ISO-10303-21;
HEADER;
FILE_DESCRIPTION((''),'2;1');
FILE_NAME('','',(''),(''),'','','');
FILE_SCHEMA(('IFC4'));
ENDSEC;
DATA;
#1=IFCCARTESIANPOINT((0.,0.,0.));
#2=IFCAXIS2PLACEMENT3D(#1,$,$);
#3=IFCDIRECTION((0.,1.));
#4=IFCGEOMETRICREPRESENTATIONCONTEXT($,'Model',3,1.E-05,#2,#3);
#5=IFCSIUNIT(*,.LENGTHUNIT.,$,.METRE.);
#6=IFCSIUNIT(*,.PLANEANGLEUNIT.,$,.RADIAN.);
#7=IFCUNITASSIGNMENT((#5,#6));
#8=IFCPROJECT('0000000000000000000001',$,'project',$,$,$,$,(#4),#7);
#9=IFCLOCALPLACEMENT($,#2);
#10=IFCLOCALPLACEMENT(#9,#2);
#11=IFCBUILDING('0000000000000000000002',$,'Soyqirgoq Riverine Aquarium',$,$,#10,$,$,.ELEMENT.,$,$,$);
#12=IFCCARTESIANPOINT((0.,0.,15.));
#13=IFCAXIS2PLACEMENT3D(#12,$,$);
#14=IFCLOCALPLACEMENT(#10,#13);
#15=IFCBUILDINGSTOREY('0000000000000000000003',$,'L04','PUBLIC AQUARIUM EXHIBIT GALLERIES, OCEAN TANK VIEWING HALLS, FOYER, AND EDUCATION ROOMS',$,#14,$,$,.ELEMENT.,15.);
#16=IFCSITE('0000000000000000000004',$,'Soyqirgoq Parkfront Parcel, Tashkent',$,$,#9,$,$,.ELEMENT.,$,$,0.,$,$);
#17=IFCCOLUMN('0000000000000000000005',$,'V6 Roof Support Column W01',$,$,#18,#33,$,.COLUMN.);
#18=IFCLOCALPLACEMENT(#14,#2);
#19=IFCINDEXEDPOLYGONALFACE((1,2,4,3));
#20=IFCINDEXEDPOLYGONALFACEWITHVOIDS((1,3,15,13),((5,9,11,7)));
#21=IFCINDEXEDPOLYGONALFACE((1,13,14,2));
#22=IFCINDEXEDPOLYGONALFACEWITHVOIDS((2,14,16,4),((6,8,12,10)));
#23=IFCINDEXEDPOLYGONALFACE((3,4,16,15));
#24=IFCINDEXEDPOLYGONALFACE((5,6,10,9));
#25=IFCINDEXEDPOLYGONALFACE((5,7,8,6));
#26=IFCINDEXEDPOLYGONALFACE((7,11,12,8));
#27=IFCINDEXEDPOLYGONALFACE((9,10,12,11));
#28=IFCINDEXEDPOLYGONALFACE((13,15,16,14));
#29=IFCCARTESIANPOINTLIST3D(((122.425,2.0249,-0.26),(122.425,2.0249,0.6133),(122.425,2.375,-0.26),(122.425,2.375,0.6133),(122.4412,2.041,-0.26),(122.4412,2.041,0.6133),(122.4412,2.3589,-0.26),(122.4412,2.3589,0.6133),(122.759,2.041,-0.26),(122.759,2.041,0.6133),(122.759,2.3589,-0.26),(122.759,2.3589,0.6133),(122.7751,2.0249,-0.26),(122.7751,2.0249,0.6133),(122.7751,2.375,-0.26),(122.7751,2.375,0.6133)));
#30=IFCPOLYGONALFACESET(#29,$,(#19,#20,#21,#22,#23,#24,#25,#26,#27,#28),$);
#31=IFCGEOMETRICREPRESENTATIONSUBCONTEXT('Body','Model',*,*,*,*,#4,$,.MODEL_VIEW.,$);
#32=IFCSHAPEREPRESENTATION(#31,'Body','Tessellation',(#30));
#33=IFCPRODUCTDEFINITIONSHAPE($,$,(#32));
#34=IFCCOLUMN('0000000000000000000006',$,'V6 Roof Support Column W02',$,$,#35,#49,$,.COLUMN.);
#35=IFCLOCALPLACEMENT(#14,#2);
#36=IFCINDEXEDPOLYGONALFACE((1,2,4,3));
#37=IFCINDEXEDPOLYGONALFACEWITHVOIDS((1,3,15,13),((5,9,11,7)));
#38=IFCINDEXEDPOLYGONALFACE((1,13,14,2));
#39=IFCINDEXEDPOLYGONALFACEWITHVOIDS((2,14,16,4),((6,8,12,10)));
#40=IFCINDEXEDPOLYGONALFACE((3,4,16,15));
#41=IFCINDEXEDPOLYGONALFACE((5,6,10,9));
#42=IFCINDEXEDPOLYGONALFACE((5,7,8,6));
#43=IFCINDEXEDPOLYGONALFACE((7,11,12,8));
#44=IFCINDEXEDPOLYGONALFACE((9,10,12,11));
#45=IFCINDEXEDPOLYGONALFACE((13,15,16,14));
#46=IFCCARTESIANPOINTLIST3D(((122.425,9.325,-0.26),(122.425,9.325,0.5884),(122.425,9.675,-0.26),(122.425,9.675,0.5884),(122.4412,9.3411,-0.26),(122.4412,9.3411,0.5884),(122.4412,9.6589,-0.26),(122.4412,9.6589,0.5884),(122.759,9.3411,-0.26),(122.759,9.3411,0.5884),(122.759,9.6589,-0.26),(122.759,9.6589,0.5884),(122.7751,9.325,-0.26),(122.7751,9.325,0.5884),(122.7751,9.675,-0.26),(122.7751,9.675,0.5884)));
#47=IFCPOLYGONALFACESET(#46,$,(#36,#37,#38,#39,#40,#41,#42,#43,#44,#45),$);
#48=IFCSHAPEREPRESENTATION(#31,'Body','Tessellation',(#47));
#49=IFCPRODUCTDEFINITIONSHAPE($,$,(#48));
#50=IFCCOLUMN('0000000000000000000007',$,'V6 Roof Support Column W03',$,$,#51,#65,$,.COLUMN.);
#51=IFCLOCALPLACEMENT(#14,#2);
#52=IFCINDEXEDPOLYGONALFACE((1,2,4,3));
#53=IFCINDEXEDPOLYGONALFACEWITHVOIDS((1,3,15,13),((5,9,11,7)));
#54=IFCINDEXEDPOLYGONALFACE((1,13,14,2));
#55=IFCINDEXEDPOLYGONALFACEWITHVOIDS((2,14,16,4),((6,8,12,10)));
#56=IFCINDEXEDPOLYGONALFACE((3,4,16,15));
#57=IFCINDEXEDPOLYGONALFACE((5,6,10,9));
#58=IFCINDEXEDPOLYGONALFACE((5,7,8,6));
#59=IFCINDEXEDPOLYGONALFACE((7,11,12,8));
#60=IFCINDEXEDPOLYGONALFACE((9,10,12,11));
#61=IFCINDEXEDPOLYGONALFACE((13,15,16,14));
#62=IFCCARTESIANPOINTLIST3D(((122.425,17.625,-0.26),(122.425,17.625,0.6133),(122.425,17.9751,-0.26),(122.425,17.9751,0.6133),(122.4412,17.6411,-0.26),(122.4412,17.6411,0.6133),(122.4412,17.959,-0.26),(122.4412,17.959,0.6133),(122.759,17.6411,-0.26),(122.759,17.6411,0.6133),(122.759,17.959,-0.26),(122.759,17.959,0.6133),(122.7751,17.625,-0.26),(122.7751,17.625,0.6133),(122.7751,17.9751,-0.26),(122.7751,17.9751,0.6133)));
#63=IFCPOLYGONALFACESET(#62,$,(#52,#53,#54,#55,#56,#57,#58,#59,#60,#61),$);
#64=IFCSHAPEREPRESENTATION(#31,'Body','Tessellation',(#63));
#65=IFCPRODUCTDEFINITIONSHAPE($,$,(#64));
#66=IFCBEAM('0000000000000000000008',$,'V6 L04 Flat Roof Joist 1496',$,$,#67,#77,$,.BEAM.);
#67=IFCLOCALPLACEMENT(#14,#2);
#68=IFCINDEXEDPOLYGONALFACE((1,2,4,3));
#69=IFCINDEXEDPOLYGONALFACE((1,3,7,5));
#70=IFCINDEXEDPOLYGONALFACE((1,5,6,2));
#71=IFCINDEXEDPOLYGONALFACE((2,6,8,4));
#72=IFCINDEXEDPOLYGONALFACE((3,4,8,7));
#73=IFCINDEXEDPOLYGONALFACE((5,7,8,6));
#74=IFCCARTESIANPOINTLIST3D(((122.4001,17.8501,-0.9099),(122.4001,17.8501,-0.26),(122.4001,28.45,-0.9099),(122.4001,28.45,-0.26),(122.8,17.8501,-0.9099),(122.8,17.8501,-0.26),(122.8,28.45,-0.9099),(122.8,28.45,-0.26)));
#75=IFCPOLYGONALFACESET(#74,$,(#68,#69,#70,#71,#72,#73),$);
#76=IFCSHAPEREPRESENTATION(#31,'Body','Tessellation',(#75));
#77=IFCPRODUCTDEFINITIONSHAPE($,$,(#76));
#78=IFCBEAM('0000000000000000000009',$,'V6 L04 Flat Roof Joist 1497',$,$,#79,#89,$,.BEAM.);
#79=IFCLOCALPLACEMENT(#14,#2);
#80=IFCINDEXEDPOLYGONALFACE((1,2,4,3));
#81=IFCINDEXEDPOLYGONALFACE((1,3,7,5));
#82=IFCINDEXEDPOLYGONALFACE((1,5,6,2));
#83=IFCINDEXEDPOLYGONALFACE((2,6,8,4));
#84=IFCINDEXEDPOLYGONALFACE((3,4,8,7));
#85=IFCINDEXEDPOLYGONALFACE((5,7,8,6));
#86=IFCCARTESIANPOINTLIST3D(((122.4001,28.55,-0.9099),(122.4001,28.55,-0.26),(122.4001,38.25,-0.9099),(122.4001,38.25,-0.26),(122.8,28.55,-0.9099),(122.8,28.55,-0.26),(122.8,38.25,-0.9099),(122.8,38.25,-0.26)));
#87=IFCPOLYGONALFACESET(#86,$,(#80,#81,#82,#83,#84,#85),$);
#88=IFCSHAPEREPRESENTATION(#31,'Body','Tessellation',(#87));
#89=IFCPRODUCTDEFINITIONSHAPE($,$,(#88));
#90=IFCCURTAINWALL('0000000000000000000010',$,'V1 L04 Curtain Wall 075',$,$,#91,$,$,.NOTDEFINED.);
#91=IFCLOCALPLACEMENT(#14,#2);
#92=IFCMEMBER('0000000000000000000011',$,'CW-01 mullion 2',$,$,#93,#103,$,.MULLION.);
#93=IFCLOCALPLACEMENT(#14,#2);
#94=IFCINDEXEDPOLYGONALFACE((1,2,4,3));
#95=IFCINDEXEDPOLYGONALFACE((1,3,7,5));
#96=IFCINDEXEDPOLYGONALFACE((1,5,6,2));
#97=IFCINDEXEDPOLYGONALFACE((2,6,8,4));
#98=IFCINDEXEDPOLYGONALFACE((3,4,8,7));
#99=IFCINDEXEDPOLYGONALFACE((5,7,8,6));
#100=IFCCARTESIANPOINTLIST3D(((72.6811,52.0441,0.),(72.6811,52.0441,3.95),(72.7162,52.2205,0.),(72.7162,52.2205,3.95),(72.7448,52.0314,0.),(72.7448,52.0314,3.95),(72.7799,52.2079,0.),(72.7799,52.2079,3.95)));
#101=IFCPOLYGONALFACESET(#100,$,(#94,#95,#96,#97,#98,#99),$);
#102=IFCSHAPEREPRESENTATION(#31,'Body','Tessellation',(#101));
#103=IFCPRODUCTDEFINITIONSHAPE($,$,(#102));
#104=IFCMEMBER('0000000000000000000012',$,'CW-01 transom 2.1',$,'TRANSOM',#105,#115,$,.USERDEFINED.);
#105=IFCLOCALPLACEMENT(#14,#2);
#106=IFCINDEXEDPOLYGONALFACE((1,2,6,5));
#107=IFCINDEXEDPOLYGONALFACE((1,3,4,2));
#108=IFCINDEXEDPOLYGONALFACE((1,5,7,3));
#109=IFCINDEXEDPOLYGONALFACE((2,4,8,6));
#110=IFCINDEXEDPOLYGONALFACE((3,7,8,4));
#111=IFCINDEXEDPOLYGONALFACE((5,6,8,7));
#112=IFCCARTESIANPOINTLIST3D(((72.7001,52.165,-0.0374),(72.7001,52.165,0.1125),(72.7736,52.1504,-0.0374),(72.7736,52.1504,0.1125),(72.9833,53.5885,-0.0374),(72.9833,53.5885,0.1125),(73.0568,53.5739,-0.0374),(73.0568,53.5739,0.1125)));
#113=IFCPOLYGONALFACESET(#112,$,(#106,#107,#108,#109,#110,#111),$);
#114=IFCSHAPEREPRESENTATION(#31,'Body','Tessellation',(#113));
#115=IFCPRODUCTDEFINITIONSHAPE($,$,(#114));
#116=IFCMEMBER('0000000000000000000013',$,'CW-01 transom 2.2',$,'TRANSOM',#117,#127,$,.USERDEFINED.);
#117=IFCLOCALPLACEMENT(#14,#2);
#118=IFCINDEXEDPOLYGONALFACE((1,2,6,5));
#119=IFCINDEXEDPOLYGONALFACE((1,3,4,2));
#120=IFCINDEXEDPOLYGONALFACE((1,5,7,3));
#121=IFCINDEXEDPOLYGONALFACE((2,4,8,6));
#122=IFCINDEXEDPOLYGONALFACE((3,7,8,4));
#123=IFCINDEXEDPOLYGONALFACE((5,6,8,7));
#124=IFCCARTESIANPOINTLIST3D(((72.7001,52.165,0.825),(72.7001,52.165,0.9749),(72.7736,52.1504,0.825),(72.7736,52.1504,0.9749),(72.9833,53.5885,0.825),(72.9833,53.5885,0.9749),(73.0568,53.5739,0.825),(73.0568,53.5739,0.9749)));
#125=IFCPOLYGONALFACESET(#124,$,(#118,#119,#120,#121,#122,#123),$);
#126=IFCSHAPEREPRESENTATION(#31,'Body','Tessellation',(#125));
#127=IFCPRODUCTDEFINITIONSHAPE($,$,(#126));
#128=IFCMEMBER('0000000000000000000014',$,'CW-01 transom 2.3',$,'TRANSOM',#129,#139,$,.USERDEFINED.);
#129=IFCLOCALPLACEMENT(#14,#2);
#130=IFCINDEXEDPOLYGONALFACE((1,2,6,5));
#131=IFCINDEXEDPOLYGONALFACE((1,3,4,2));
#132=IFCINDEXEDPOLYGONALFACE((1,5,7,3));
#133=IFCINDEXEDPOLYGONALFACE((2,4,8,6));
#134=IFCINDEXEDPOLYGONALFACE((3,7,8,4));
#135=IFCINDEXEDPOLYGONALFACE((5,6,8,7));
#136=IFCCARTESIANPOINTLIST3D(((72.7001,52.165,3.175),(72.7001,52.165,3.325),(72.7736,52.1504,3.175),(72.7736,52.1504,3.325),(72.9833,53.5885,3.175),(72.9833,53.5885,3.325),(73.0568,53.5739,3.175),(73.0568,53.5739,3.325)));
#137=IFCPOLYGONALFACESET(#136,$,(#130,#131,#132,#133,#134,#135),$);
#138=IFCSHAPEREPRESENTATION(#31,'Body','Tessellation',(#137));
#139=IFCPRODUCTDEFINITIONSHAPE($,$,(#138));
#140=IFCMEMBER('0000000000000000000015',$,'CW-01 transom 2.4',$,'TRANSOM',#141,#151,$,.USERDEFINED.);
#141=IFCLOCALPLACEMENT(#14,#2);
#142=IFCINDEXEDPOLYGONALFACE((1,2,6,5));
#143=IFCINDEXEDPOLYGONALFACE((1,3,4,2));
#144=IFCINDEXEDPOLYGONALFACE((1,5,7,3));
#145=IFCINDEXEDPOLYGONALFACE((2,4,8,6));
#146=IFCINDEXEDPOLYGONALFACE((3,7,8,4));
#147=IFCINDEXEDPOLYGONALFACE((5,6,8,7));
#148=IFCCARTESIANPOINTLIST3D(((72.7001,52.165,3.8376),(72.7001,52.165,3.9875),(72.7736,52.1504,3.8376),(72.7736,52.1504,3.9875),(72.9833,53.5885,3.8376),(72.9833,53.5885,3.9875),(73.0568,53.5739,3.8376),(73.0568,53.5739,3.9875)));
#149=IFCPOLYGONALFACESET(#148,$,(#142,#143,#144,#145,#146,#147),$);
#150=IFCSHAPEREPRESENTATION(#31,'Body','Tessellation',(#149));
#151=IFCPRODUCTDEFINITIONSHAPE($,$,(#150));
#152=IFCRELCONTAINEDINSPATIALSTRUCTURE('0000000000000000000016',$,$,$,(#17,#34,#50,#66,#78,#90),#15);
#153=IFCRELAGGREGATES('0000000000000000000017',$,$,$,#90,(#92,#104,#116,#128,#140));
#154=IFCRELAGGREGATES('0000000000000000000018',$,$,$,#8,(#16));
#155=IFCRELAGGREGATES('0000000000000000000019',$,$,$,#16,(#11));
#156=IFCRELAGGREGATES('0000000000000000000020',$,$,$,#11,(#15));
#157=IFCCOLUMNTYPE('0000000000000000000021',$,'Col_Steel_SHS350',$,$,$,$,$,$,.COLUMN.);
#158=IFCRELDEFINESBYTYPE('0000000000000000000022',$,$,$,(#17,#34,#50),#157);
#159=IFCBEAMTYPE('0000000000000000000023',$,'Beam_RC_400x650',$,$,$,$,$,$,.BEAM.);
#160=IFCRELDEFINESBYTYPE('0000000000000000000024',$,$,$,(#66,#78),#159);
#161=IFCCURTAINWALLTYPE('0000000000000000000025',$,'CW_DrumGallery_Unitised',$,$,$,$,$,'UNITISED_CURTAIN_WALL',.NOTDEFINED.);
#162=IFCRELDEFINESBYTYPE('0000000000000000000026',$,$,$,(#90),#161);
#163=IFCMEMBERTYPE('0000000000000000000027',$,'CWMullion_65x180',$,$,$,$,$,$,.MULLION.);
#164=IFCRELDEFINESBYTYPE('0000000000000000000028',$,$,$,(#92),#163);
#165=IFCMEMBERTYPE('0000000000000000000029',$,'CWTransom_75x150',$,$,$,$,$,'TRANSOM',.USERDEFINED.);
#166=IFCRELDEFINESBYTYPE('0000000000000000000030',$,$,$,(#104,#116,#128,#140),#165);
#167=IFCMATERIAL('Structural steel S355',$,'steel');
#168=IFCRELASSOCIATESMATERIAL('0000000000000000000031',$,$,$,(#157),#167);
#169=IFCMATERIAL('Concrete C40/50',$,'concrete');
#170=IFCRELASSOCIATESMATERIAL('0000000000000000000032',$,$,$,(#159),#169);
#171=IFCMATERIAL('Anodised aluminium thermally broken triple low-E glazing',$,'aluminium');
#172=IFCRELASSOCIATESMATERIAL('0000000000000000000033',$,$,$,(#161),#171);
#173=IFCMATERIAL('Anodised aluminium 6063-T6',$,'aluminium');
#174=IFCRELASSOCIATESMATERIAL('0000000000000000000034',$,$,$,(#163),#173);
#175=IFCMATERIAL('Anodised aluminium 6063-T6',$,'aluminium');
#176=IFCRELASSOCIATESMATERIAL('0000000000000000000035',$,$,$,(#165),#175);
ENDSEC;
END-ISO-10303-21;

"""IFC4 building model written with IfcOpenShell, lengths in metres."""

from ifc_helpers import new_model, si_unit, direction, frame, origin, origin_2d, place, context, subcontext, project, spatial, rectangle, hollow_rectangle, extrude, material, material_profile, profile_set, type_object, element, aggregate, save


model = new_model("IFC4")

# Units and contexts
model_context = context("Model", 3, precision=1e-05, world=origin(), true_north=direction((0.0, 1.0)))
body_context = subcontext(model_context, "Body", "Model", "MODEL_VIEW")
ifc_project = project(units=[si_unit("LENGTHUNIT", "METRE"), si_unit("PLANEANGLEUNIT", "RADIAN")], contexts=[model_context])

# Site, building, storey
site_placement = place(None, origin())
site = spatial("IfcSite", under=ifc_project, at=site_placement, Name="Soyqirgoq Parkfront Parcel, Tashkent", CompositionType="ELEMENT", RefElevation=0.0)
building_placement = place(site_placement, origin())
building = spatial("IfcBuilding", under=site, at=building_placement, Name="Soyqirgoq Riverine Aquarium", CompositionType="ELEMENT")
storey_placement = place(building_placement, frame((0.0, 0.0, 15.0)))
storey = spatial("IfcBuildingStorey", under=building, at=storey_placement, Name="L04", Description="PUBLIC AQUARIUM EXHIBIT GALLERIES, OCEAN TANK VIEWING HALLS, FOYER, AND EDUCATION ROOMS", CompositionType="ELEMENT", Elevation=15.0)

# Columns
ifc_material_1 = material(Name="Structural steel S355", Category="steel")
ifc_material_profile_1 = material_profile(ifc_material_1, hollow_rectangle(XDim=0.3501, YDim=0.3501, WallThickness=0.0161, at=origin_2d()), Name="SHS 350x350x16")
ifc_profile_set_1 = profile_set([ifc_material_profile_1], Name="Structural steel S355")
column_type = type_object("IfcColumnType", Name="Col_Steel_SHS350", PredefinedType="COLUMN", material=ifc_profile_set_1)
column_1_placement = place(storey_placement, frame((122.6001, 2.2, -0.26), z_axis=(0.0, 0.0, 1.0), x_axis=(1.0, 0.0, 0.0)))
element("IfcColumn", 1, at=column_1_placement, inside=storey, type_object=column_type, Name="V6 Roof Support Column W01", PredefinedType="COLUMN", context=body_context, shape_type="SweptSolid", body=[
    extrude(hollow_rectangle(XDim=0.3501, YDim=0.3501, WallThickness=0.0161, at=origin_2d()), origin(), (0.0, 0.0, 1.0), 0.8733),
])
column_2_placement = place(storey_placement, frame((122.6001, 9.5, -0.26), z_axis=(0.0, 0.0, 1.0), x_axis=(1.0, 0.0, 0.0)))
element("IfcColumn", 2, at=column_2_placement, inside=storey, type_object=column_type, Name="V6 Roof Support Column W02", PredefinedType="COLUMN", context=body_context, shape_type="SweptSolid", body=[
    extrude(hollow_rectangle(XDim=0.3501, YDim=0.3501, WallThickness=0.0161, at=origin_2d()), origin(), (0.0, 0.0, 1.0), 0.8484),
])
column_3_placement = place(storey_placement, frame((122.6001, 17.8, -0.26), z_axis=(0.0, 0.0, 1.0), x_axis=(1.0, 0.0, 0.0)))
element("IfcColumn", 3, at=column_3_placement, inside=storey, type_object=column_type, Name="V6 Roof Support Column W03", PredefinedType="COLUMN", context=body_context, shape_type="SweptSolid", body=[
    extrude(hollow_rectangle(XDim=0.3501, YDim=0.3501, WallThickness=0.0161, at=origin_2d()), origin(), (0.0, 0.0, 1.0), 0.8733),
])

# Beams
ifc_material_2 = material(Name="Concrete C40/50", Category="concrete")
ifc_material_profile_2 = material_profile(ifc_material_2, rectangle(XDim=0.3999, YDim=0.6499, at=origin_2d()), Name="RC 400x650")
ifc_profile_set_2 = profile_set([ifc_material_profile_2], Name="Concrete C40/50")
beam_type_1 = type_object("IfcBeamType", Name="Beam_RC_400x650", PredefinedType="BEAM", material=ifc_profile_set_2)
beam_1_placement = place(storey_placement, frame((122.6001, 17.8501, -0.585), z_axis=(0.0, 1.0, 0.0), x_axis=(-1.0, 0.0, 0.0)))
element("IfcBeam", 4, at=beam_1_placement, inside=storey, type_object=beam_type_1, Name="V6 L04 Flat Roof Joist 1496", PredefinedType="BEAM", context=body_context, shape_type="SweptSolid", body=[
    extrude(rectangle(XDim=0.3999, YDim=0.6499, at=origin_2d()), origin(), (0.0, 0.0, 1.0), 10.5999),
])
beam_2_placement = place(storey_placement, frame((122.6001, 28.55, -0.585), z_axis=(0.0, 1.0, 0.0), x_axis=(-1.0, 0.0, 0.0)))
element("IfcBeam", 5, at=beam_2_placement, inside=storey, type_object=beam_type_1, Name="V6 L04 Flat Roof Joist 1497", PredefinedType="BEAM", context=body_context, shape_type="SweptSolid", body=[
    extrude(rectangle(XDim=0.3999, YDim=0.6499, at=origin_2d()), origin(), (0.0, 0.0, 1.0), 9.7),
])

# Curtain wall, members
ifc_material_3 = material(Name="Anodised aluminium thermally broken triple low-E glazing", Category="aluminium")
curtain_wall_type = type_object("IfcCurtainWallType", Name="CW_DrumGallery_Unitised", ElementType="UNITISED_CURTAIN_WALL", PredefinedType="NOTDEFINED", material=ifc_material_3)
curtain_wall_placement = place(storey_placement, origin())
curtain_wall = element("IfcCurtainWall", 6, at=curtain_wall_placement, inside=storey, type_object=curtain_wall_type, Name="V1 L04 Curtain Wall 075", PredefinedType="NOTDEFINED")
ifc_material_4 = material(Name="Anodised aluminium 6063-T6", Category="aluminium")
ifc_material_profile_3 = material_profile(ifc_material_4, rectangle(XDim=0.0649, YDim=0.1799, at=origin_2d()), Name="ALU-M 65x180")
ifc_profile_set_3 = profile_set([ifc_material_profile_3], Name="Anodised aluminium 6063-T6")
member_type_1 = type_object("IfcMemberType", Name="CWMullion_65x180", PredefinedType="MULLION", material=ifc_profile_set_3)
member_1_placement = place(storey_placement, frame((72.7305, 52.126, 0.0), z_axis=(0.0, 0.0, 1.0), x_axis=(-0.980783, 0.195102, 0.0)))
member_1 = element("IfcMember", 7, at=member_1_placement, type_object=member_type_1, Name="CW-01 mullion 2", PredefinedType="MULLION", context=body_context, shape_type="SweptSolid", body=[
    extrude(rectangle(XDim=0.0649, YDim=0.1799, at=origin_2d()), origin(), (0.0, 0.0, 1.0), 3.95),
])
ifc_material_5 = material(Name="Anodised aluminium 6063-T6", Category="aluminium")
ifc_material_profile_4 = material_profile(ifc_material_5, rectangle(XDim=0.075, YDim=0.1499, at=origin_2d()), Name="ALU-T 75x150")
ifc_profile_set_4 = profile_set([ifc_material_profile_4], Name="Anodised aluminium 6063-T6")
member_type_2 = type_object("IfcMemberType", Name="CWTransom_75x150", ElementType="TRANSOM", PredefinedType="USERDEFINED", material=ifc_profile_set_4)
member_2_placement = place(storey_placement, frame((72.7368, 52.1577, 0.0376), z_axis=(0.195113, 0.980781, 0.0), x_axis=(-0.980781, 0.195113, 0.0)))
member_2 = element("IfcMember", 8, at=member_2_placement, type_object=member_type_2, Name="CW-01 transom 2.1", ObjectType="TRANSOM", PredefinedType="USERDEFINED", context=body_context, shape_type="SweptSolid", body=[
    extrude(rectangle(XDim=0.075, YDim=0.1499, at=origin_2d()), origin(), (0.0, 0.0, 1.0), 1.4514),
])
member_3_placement = place(storey_placement, frame((72.7368, 52.1577, 0.8999), z_axis=(0.195113, 0.980781, 0.0), x_axis=(-0.980781, 0.195113, 0.0)))
member_3 = element("IfcMember", 9, at=member_3_placement, type_object=member_type_2, Name="CW-01 transom 2.2", ObjectType="TRANSOM", PredefinedType="USERDEFINED", context=body_context, shape_type="SweptSolid", body=[
    extrude(rectangle(XDim=0.075, YDim=0.1499, at=origin_2d()), origin(), (0.0, 0.0, 1.0), 1.4514),
])
member_4_placement = place(storey_placement, frame((72.7368, 52.1577, 3.25), z_axis=(0.195113, 0.980781, 0.0), x_axis=(-0.980781, 0.195113, 0.0)))
member_4 = element("IfcMember", 10, at=member_4_placement, type_object=member_type_2, Name="CW-01 transom 2.3", ObjectType="TRANSOM", PredefinedType="USERDEFINED", context=body_context, shape_type="SweptSolid", body=[
    extrude(rectangle(XDim=0.075, YDim=0.1499, at=origin_2d()), origin(), (0.0, 0.0, 1.0), 1.4514),
])
member_5_placement = place(storey_placement, frame((72.7368, 52.1577, 3.9126), z_axis=(0.195113, 0.980781, 0.0), x_axis=(-0.980781, 0.195113, 0.0)))
member_5 = element("IfcMember", 11, at=member_5_placement, type_object=member_type_2, Name="CW-01 transom 2.4", ObjectType="TRANSOM", PredefinedType="USERDEFINED", context=body_context, shape_type="SweptSolid", body=[
    extrude(rectangle(XDim=0.075, YDim=0.1499, at=origin_2d()), origin(), (0.0, 0.0, 1.0), 1.4514),
])

aggregate(curtain_wall, [member_1, member_2, member_3, member_4, member_5])

save(model, "model.ifc")
